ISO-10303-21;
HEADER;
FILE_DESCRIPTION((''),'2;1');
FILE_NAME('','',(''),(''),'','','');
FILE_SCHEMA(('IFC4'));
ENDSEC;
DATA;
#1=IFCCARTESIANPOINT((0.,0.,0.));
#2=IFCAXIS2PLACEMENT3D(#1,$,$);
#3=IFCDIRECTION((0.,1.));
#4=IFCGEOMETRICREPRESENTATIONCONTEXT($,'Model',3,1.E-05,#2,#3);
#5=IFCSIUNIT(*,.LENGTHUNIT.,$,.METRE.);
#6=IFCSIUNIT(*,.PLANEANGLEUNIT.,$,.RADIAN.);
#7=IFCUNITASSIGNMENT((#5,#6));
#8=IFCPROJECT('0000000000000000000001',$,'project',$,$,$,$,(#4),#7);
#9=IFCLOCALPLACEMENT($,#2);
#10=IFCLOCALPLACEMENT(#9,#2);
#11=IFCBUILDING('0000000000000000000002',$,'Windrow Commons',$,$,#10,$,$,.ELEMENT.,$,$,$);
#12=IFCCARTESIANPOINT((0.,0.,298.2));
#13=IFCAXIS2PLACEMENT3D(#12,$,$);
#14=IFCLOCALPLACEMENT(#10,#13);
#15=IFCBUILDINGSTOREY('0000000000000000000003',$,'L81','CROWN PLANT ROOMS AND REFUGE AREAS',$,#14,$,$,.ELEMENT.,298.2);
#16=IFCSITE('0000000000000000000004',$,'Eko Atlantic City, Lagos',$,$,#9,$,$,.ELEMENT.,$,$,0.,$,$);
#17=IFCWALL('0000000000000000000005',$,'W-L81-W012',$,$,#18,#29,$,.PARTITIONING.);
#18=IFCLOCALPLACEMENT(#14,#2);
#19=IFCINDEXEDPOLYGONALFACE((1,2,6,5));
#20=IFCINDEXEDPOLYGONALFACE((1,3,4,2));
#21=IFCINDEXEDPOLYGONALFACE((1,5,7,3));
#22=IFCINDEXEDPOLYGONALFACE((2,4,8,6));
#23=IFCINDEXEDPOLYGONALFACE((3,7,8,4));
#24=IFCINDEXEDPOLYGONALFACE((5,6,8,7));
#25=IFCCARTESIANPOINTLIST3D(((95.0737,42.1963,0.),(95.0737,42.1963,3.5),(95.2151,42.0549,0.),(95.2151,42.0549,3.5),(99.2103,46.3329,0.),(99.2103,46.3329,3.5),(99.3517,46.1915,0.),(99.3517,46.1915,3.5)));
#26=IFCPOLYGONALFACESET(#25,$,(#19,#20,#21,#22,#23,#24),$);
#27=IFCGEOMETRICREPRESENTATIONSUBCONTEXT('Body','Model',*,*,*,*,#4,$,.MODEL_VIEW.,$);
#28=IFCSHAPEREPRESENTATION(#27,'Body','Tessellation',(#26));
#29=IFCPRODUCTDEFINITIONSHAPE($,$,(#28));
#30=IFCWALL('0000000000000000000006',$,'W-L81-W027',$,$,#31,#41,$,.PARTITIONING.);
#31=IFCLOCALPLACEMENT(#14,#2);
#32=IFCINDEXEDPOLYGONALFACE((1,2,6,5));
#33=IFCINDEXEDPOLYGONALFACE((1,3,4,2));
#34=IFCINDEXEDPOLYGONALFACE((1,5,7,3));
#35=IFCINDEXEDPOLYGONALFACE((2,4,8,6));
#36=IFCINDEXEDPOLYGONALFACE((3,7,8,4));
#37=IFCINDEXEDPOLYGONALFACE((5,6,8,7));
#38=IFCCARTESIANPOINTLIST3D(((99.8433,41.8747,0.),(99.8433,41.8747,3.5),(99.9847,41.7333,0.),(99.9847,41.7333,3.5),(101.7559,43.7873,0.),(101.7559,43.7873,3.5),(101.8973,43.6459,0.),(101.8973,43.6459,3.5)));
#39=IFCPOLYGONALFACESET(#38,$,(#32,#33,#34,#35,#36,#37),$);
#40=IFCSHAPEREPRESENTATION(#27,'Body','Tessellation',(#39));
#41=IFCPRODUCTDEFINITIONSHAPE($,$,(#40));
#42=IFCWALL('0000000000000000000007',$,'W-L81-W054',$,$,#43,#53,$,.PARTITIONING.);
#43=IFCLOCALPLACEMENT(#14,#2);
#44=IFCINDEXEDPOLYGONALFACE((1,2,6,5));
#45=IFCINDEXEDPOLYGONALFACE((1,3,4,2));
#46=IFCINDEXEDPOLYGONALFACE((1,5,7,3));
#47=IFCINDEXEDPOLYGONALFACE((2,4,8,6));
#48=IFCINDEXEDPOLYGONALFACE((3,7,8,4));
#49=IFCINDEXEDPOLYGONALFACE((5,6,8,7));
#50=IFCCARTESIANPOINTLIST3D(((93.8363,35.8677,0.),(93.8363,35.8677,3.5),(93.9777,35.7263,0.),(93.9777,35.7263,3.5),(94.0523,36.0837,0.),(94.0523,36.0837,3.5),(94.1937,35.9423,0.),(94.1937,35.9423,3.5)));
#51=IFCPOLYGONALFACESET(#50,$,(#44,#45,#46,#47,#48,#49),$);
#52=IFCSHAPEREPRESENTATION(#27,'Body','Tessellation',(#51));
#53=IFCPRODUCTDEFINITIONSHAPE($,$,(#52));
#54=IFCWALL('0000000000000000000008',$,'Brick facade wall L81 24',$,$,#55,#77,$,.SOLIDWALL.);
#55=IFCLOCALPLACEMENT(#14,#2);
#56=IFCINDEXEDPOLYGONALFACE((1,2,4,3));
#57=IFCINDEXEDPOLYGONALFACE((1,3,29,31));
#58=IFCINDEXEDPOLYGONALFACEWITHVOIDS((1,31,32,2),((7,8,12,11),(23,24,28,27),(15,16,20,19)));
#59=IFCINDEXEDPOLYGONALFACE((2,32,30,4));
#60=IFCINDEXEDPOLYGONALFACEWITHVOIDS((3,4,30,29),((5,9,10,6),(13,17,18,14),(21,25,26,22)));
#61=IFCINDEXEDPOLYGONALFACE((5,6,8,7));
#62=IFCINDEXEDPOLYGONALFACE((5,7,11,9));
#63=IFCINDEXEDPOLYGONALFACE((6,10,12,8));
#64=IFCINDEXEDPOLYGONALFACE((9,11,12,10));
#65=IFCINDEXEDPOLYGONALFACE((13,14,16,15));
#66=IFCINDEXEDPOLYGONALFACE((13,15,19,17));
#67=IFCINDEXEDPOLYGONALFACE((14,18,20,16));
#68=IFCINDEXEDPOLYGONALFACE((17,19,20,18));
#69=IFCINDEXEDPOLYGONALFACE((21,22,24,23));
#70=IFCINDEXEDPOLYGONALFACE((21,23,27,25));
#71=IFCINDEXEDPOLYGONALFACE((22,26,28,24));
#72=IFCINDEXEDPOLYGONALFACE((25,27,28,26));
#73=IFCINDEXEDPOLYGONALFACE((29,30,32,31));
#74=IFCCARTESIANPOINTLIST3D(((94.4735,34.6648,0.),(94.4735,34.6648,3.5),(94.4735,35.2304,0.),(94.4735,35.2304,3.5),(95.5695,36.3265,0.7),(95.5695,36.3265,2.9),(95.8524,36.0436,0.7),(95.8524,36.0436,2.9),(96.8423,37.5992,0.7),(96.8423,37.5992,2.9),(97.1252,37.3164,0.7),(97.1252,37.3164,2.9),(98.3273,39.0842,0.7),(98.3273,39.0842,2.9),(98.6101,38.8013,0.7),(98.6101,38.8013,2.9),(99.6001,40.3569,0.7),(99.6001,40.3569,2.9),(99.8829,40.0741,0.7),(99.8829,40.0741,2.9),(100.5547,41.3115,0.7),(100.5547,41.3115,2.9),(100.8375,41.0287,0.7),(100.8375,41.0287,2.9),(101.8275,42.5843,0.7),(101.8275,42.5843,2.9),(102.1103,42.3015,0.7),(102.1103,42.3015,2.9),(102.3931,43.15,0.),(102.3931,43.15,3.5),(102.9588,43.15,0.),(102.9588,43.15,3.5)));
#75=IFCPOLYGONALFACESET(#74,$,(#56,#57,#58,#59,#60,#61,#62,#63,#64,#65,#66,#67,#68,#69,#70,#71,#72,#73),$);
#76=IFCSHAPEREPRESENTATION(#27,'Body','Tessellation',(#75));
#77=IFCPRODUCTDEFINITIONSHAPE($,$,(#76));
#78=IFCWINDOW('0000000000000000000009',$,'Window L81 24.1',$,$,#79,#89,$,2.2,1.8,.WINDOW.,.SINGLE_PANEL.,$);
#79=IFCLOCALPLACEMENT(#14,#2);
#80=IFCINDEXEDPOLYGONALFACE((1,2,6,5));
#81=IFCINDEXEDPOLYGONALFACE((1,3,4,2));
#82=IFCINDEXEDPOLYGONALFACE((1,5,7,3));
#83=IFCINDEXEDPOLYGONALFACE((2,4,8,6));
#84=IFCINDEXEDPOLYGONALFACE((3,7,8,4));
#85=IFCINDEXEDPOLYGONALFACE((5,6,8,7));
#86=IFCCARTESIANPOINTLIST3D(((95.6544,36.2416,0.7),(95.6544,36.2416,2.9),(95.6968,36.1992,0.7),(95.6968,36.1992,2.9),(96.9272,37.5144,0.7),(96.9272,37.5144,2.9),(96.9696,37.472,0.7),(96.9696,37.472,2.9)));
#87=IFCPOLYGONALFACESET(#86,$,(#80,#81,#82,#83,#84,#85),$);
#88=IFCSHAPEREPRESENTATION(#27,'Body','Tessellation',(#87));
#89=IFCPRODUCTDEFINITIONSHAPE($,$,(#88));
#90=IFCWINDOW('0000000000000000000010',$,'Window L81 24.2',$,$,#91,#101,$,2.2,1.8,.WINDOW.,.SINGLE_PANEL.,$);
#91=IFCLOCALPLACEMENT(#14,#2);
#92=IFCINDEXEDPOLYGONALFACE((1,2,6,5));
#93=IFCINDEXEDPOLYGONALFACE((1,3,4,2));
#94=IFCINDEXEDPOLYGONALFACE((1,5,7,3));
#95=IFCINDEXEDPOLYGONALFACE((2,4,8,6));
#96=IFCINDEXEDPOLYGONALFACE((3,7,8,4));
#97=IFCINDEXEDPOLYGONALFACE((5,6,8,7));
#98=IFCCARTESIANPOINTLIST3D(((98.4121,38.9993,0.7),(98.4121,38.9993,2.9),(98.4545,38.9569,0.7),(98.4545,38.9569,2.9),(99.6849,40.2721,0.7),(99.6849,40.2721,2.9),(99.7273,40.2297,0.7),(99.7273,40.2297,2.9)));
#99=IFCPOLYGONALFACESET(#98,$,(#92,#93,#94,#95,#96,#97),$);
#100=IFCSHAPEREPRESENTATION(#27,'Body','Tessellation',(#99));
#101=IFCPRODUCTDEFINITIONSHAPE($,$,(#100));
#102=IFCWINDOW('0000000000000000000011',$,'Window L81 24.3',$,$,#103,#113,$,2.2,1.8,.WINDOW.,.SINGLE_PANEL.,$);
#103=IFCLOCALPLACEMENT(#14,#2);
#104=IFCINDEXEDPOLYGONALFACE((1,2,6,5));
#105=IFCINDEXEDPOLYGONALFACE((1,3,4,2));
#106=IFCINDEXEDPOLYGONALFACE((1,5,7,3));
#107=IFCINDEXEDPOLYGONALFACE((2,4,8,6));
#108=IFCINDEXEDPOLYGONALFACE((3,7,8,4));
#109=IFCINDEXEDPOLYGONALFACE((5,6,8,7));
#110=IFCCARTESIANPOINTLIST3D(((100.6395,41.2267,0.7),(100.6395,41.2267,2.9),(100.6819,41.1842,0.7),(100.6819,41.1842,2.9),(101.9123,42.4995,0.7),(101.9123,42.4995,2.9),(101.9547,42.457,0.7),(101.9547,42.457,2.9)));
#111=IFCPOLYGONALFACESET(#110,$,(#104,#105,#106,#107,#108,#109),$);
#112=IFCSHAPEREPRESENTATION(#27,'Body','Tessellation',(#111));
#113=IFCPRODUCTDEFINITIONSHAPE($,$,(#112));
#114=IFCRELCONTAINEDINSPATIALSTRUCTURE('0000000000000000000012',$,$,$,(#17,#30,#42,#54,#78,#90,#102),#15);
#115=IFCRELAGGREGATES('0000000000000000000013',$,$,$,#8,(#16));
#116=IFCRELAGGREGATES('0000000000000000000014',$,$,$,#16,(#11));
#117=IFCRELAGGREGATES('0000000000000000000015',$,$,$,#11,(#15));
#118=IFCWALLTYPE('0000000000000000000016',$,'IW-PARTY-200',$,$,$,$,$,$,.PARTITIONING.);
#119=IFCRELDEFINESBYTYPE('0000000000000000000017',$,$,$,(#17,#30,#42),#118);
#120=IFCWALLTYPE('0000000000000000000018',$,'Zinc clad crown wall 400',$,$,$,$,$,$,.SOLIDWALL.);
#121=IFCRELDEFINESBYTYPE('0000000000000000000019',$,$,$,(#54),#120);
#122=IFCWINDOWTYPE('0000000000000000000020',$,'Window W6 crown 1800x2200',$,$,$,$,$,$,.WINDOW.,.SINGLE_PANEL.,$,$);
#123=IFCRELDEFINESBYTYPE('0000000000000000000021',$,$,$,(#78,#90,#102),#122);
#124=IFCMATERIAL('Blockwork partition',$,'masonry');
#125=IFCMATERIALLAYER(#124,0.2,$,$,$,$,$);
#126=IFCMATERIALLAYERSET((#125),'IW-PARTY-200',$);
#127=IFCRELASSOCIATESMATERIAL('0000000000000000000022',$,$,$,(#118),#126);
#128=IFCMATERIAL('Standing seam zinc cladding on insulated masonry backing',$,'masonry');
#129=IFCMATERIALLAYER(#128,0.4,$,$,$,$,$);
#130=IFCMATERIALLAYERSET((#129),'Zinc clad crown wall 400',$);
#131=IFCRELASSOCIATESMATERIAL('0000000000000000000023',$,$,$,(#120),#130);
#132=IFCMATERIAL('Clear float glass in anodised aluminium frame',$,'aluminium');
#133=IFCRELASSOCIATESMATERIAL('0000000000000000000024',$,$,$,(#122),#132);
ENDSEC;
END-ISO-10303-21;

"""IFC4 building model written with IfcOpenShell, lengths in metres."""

from ifc_helpers import new_model, si_unit, direction, frame, frame_2d, origin, place, context, subcontext, project, spatial, polyline, rectangle, outline, extrude, material, layer, layer_set, type_object, element, fill, save


model = new_model("IFC4")

# Units and contexts
model_context = context("Model", 3, precision=1e-05, world=origin(), true_north=direction((0.0, 1.0)))
body_context = subcontext(model_context, "Body", "Model", "MODEL_VIEW")
ifc_project = project(units=[si_unit("LENGTHUNIT", "METRE"), si_unit("PLANEANGLEUNIT", "RADIAN")], contexts=[model_context])

# Site, building, storey
site_placement = place(None, origin())
site = spatial("IfcSite", under=ifc_project, at=site_placement, Name="Eko Atlantic City, Lagos", CompositionType="ELEMENT", RefElevation=0.0)
building_placement = place(site_placement, origin())
building = spatial("IfcBuilding", under=site, at=building_placement, Name="Windrow Commons", CompositionType="ELEMENT")
storey_placement = place(building_placement, frame((0.0, 0.0, 298.2)))
storey = spatial("IfcBuildingStorey", under=building, at=storey_placement, Name="L81", Description="CROWN PLANT ROOMS AND REFUGE AREAS", CompositionType="ELEMENT", Elevation=298.2)

# Walls
ifc_material_1 = material(Name="Blockwork partition", Category="masonry")
ifc_layer_1 = layer(ifc_material_1, 0.2)
ifc_layer_set_1 = layer_set([ifc_layer_1], Name="IW-PARTY-200")
wall_type_1 = type_object("IfcWallType", Name="IW-PARTY-200", PredefinedType="PARTITIONING", material=ifc_layer_set_1)
wall_1_placement = place(storey_placement, frame((95.1444, 42.1256, 0.0), z_axis=(0.0, 0.0, 1.0), x_axis=(0.707107, 0.707107, 0.0)))
element("IfcWall", 1, at=wall_1_placement, inside=storey, type_object=wall_type_1, Name="W-L81-W012", PredefinedType="PARTITIONING", context=body_context, shape_type="SweptSolid", body=[
    extrude(outline(polyline([(0.0, -0.1), (5.85, -0.1), (5.85, 0.1), (0.0, 0.1), (0.0, -0.1)])), origin(), (0.0, 0.0, 1.0), 3.5),
])
wall_2_placement = place(storey_placement, frame((99.914, 41.804, 0.0), z_axis=(0.0, 0.0, 1.0), x_axis=(0.707107, 0.707107, 0.0)))
element("IfcWall", 2, at=wall_2_placement, inside=storey, type_object=wall_type_1, Name="W-L81-W027", PredefinedType="PARTITIONING", context=body_context, shape_type="SweptSolid", body=[
    extrude(outline(polyline([(0.0, -0.1), (2.7048, -0.1), (2.7048, 0.1), (0.0, 0.1), (0.0, -0.1)])), origin(), (0.0, 0.0, 1.0), 3.5),
])
wall_3_placement = place(storey_placement, frame((93.907, 35.797, 0.0), z_axis=(0.0, 0.0, 1.0), x_axis=(0.707107, 0.707107, 0.0)))
element("IfcWall", 3, at=wall_3_placement, inside=storey, type_object=wall_type_1, Name="W-L81-W054", PredefinedType="PARTITIONING", context=body_context, shape_type="SweptSolid", body=[
    extrude(outline(polyline([(0.0, -0.1), (0.3055, -0.1), (0.3055, 0.1), (0.0, 0.1), (0.0, -0.1)])), origin(), (0.0, 0.0, 1.0), 3.5),
])

# Wall, openings, windows
ifc_material_2 = material(Name="Standing seam zinc cladding on insulated masonry backing", Category="masonry")
ifc_layer_2 = layer(ifc_material_2, 0.4)
ifc_layer_set_2 = layer_set([ifc_layer_2], Name="Zinc clad crown wall 400")
wall_type_2 = type_object("IfcWallType", Name="Zinc clad crown wall 400", PredefinedType="SOLIDWALL", material=ifc_layer_set_2)
wall_4_placement = place(storey_placement, frame((94.4735, 34.9476, 0.0), z_axis=(0.0, 0.0, 1.0), x_axis=(0.707111, 0.707102, 0.0)))
wall_4 = element("IfcWall", 4, at=wall_4_placement, inside=storey, type_object=wall_type_2, Name="Brick facade wall L81 24", PredefinedType="SOLIDWALL", context=body_context, shape_type="SweptSolid", body=[
    extrude(outline(polyline([(-0.2, -0.2), (11.8, -0.2), (11.4, 0.2), (0.2, 0.2), (-0.2, -0.2)])), origin(), (0.0, 0.0, 1.0), 3.5),
])
opening_1_placement = place(wall_4_placement, frame((1.75, 0.0, 0.7)))
opening_1 = element("IfcOpeningElement", 5, at=opening_1_placement, cuts=wall_4, PredefinedType="OPENING", context=body_context, shape_type="SweptSolid", body=[
    extrude(rectangle(XDim=1.8, YDim=2.2, at=frame_2d((0.9, 1.1))), frame((0.0, 0.21, 0.0), z_axis=(0.0, -1.0, 0.0), x_axis=(1.0, 0.0, 0.0)), (0.0, 0.0, 1.0), 0.42),
])
opening_2_placement = place(wall_4_placement, frame((5.65, 0.0, 0.7)))
opening_2 = element("IfcOpeningElement", 6, at=opening_2_placement, cuts=wall_4, PredefinedType="OPENING", context=body_context, shape_type="SweptSolid", body=[
    extrude(rectangle(XDim=1.8, YDim=2.2, at=frame_2d((0.9, 1.1))), frame((0.0, 0.21, 0.0), z_axis=(0.0, -1.0, 0.0), x_axis=(1.0, 0.0, 0.0)), (0.0, 0.0, 1.0), 0.42),
])
opening_3_placement = place(wall_4_placement, frame((8.8, 0.0, 0.7)))
opening_3 = element("IfcOpeningElement", 7, at=opening_3_placement, cuts=wall_4, PredefinedType="OPENING", context=body_context, shape_type="SweptSolid", body=[
    extrude(rectangle(XDim=1.8, YDim=2.2, at=frame_2d((0.9, 1.1))), frame((0.0, 0.21, 0.0), z_axis=(0.0, -1.0, 0.0), x_axis=(1.0, 0.0, 0.0)), (0.0, 0.0, 1.0), 0.42),
])
ifc_material_3 = material(Name="Clear float glass in anodised aluminium frame", Category="aluminium")
window_type = type_object("IfcWindowType", Name="Window W6 crown 1800x2200", PartitioningType="SINGLE_PANEL", PredefinedType="WINDOW", material=ifc_material_3)
window_1_placement = place(opening_1_placement, origin())
window_1 = element("IfcWindow", 8, at=window_1_placement, inside=storey, type_object=window_type, Name="Window L81 24.1", OverallHeight=2.2, OverallWidth=1.8, PartitioningType="SINGLE_PANEL", PredefinedType="WINDOW", context=body_context, shape_type="SweptSolid", body=[
    extrude(rectangle(XDim=1.8, YDim=2.2, at=frame_2d((0.9, 1.1))), frame((0.0, 0.08, 0.0), z_axis=(0.0, -1.0, 0.0), x_axis=(1.0, 0.0, 0.0)), (0.0, 0.0, 1.0), 0.06),
])
fill(opening_1, window_1)
window_2_placement = place(opening_2_placement, origin())
window_2 = element("IfcWindow", 9, at=window_2_placement, inside=storey, type_object=window_type, Name="Window L81 24.2", OverallHeight=2.2, OverallWidth=1.8, PartitioningType="SINGLE_PANEL", PredefinedType="WINDOW", context=body_context, shape_type="SweptSolid", body=[
    extrude(rectangle(XDim=1.8, YDim=2.2, at=frame_2d((0.9, 1.1))), frame((0.0, 0.08, 0.0), z_axis=(0.0, -1.0, 0.0), x_axis=(1.0, 0.0, 0.0)), (0.0, 0.0, 1.0), 0.06),
])
fill(opening_2, window_2)
window_3_placement = place(opening_3_placement, origin())
window_3 = element("IfcWindow", 10, at=window_3_placement, inside=storey, type_object=window_type, Name="Window L81 24.3", OverallHeight=2.2, OverallWidth=1.8, PartitioningType="SINGLE_PANEL", PredefinedType="WINDOW", context=body_context, shape_type="SweptSolid", body=[
    extrude(rectangle(XDim=1.8, YDim=2.2, at=frame_2d((0.9, 1.1))), frame((0.0, 0.08, 0.0), z_axis=(0.0, -1.0, 0.0), x_axis=(1.0, 0.0, 0.0)), (0.0, 0.0, 1.0), 0.06),
])
fill(opening_3, window_3)

save(model, "model.ifc")
